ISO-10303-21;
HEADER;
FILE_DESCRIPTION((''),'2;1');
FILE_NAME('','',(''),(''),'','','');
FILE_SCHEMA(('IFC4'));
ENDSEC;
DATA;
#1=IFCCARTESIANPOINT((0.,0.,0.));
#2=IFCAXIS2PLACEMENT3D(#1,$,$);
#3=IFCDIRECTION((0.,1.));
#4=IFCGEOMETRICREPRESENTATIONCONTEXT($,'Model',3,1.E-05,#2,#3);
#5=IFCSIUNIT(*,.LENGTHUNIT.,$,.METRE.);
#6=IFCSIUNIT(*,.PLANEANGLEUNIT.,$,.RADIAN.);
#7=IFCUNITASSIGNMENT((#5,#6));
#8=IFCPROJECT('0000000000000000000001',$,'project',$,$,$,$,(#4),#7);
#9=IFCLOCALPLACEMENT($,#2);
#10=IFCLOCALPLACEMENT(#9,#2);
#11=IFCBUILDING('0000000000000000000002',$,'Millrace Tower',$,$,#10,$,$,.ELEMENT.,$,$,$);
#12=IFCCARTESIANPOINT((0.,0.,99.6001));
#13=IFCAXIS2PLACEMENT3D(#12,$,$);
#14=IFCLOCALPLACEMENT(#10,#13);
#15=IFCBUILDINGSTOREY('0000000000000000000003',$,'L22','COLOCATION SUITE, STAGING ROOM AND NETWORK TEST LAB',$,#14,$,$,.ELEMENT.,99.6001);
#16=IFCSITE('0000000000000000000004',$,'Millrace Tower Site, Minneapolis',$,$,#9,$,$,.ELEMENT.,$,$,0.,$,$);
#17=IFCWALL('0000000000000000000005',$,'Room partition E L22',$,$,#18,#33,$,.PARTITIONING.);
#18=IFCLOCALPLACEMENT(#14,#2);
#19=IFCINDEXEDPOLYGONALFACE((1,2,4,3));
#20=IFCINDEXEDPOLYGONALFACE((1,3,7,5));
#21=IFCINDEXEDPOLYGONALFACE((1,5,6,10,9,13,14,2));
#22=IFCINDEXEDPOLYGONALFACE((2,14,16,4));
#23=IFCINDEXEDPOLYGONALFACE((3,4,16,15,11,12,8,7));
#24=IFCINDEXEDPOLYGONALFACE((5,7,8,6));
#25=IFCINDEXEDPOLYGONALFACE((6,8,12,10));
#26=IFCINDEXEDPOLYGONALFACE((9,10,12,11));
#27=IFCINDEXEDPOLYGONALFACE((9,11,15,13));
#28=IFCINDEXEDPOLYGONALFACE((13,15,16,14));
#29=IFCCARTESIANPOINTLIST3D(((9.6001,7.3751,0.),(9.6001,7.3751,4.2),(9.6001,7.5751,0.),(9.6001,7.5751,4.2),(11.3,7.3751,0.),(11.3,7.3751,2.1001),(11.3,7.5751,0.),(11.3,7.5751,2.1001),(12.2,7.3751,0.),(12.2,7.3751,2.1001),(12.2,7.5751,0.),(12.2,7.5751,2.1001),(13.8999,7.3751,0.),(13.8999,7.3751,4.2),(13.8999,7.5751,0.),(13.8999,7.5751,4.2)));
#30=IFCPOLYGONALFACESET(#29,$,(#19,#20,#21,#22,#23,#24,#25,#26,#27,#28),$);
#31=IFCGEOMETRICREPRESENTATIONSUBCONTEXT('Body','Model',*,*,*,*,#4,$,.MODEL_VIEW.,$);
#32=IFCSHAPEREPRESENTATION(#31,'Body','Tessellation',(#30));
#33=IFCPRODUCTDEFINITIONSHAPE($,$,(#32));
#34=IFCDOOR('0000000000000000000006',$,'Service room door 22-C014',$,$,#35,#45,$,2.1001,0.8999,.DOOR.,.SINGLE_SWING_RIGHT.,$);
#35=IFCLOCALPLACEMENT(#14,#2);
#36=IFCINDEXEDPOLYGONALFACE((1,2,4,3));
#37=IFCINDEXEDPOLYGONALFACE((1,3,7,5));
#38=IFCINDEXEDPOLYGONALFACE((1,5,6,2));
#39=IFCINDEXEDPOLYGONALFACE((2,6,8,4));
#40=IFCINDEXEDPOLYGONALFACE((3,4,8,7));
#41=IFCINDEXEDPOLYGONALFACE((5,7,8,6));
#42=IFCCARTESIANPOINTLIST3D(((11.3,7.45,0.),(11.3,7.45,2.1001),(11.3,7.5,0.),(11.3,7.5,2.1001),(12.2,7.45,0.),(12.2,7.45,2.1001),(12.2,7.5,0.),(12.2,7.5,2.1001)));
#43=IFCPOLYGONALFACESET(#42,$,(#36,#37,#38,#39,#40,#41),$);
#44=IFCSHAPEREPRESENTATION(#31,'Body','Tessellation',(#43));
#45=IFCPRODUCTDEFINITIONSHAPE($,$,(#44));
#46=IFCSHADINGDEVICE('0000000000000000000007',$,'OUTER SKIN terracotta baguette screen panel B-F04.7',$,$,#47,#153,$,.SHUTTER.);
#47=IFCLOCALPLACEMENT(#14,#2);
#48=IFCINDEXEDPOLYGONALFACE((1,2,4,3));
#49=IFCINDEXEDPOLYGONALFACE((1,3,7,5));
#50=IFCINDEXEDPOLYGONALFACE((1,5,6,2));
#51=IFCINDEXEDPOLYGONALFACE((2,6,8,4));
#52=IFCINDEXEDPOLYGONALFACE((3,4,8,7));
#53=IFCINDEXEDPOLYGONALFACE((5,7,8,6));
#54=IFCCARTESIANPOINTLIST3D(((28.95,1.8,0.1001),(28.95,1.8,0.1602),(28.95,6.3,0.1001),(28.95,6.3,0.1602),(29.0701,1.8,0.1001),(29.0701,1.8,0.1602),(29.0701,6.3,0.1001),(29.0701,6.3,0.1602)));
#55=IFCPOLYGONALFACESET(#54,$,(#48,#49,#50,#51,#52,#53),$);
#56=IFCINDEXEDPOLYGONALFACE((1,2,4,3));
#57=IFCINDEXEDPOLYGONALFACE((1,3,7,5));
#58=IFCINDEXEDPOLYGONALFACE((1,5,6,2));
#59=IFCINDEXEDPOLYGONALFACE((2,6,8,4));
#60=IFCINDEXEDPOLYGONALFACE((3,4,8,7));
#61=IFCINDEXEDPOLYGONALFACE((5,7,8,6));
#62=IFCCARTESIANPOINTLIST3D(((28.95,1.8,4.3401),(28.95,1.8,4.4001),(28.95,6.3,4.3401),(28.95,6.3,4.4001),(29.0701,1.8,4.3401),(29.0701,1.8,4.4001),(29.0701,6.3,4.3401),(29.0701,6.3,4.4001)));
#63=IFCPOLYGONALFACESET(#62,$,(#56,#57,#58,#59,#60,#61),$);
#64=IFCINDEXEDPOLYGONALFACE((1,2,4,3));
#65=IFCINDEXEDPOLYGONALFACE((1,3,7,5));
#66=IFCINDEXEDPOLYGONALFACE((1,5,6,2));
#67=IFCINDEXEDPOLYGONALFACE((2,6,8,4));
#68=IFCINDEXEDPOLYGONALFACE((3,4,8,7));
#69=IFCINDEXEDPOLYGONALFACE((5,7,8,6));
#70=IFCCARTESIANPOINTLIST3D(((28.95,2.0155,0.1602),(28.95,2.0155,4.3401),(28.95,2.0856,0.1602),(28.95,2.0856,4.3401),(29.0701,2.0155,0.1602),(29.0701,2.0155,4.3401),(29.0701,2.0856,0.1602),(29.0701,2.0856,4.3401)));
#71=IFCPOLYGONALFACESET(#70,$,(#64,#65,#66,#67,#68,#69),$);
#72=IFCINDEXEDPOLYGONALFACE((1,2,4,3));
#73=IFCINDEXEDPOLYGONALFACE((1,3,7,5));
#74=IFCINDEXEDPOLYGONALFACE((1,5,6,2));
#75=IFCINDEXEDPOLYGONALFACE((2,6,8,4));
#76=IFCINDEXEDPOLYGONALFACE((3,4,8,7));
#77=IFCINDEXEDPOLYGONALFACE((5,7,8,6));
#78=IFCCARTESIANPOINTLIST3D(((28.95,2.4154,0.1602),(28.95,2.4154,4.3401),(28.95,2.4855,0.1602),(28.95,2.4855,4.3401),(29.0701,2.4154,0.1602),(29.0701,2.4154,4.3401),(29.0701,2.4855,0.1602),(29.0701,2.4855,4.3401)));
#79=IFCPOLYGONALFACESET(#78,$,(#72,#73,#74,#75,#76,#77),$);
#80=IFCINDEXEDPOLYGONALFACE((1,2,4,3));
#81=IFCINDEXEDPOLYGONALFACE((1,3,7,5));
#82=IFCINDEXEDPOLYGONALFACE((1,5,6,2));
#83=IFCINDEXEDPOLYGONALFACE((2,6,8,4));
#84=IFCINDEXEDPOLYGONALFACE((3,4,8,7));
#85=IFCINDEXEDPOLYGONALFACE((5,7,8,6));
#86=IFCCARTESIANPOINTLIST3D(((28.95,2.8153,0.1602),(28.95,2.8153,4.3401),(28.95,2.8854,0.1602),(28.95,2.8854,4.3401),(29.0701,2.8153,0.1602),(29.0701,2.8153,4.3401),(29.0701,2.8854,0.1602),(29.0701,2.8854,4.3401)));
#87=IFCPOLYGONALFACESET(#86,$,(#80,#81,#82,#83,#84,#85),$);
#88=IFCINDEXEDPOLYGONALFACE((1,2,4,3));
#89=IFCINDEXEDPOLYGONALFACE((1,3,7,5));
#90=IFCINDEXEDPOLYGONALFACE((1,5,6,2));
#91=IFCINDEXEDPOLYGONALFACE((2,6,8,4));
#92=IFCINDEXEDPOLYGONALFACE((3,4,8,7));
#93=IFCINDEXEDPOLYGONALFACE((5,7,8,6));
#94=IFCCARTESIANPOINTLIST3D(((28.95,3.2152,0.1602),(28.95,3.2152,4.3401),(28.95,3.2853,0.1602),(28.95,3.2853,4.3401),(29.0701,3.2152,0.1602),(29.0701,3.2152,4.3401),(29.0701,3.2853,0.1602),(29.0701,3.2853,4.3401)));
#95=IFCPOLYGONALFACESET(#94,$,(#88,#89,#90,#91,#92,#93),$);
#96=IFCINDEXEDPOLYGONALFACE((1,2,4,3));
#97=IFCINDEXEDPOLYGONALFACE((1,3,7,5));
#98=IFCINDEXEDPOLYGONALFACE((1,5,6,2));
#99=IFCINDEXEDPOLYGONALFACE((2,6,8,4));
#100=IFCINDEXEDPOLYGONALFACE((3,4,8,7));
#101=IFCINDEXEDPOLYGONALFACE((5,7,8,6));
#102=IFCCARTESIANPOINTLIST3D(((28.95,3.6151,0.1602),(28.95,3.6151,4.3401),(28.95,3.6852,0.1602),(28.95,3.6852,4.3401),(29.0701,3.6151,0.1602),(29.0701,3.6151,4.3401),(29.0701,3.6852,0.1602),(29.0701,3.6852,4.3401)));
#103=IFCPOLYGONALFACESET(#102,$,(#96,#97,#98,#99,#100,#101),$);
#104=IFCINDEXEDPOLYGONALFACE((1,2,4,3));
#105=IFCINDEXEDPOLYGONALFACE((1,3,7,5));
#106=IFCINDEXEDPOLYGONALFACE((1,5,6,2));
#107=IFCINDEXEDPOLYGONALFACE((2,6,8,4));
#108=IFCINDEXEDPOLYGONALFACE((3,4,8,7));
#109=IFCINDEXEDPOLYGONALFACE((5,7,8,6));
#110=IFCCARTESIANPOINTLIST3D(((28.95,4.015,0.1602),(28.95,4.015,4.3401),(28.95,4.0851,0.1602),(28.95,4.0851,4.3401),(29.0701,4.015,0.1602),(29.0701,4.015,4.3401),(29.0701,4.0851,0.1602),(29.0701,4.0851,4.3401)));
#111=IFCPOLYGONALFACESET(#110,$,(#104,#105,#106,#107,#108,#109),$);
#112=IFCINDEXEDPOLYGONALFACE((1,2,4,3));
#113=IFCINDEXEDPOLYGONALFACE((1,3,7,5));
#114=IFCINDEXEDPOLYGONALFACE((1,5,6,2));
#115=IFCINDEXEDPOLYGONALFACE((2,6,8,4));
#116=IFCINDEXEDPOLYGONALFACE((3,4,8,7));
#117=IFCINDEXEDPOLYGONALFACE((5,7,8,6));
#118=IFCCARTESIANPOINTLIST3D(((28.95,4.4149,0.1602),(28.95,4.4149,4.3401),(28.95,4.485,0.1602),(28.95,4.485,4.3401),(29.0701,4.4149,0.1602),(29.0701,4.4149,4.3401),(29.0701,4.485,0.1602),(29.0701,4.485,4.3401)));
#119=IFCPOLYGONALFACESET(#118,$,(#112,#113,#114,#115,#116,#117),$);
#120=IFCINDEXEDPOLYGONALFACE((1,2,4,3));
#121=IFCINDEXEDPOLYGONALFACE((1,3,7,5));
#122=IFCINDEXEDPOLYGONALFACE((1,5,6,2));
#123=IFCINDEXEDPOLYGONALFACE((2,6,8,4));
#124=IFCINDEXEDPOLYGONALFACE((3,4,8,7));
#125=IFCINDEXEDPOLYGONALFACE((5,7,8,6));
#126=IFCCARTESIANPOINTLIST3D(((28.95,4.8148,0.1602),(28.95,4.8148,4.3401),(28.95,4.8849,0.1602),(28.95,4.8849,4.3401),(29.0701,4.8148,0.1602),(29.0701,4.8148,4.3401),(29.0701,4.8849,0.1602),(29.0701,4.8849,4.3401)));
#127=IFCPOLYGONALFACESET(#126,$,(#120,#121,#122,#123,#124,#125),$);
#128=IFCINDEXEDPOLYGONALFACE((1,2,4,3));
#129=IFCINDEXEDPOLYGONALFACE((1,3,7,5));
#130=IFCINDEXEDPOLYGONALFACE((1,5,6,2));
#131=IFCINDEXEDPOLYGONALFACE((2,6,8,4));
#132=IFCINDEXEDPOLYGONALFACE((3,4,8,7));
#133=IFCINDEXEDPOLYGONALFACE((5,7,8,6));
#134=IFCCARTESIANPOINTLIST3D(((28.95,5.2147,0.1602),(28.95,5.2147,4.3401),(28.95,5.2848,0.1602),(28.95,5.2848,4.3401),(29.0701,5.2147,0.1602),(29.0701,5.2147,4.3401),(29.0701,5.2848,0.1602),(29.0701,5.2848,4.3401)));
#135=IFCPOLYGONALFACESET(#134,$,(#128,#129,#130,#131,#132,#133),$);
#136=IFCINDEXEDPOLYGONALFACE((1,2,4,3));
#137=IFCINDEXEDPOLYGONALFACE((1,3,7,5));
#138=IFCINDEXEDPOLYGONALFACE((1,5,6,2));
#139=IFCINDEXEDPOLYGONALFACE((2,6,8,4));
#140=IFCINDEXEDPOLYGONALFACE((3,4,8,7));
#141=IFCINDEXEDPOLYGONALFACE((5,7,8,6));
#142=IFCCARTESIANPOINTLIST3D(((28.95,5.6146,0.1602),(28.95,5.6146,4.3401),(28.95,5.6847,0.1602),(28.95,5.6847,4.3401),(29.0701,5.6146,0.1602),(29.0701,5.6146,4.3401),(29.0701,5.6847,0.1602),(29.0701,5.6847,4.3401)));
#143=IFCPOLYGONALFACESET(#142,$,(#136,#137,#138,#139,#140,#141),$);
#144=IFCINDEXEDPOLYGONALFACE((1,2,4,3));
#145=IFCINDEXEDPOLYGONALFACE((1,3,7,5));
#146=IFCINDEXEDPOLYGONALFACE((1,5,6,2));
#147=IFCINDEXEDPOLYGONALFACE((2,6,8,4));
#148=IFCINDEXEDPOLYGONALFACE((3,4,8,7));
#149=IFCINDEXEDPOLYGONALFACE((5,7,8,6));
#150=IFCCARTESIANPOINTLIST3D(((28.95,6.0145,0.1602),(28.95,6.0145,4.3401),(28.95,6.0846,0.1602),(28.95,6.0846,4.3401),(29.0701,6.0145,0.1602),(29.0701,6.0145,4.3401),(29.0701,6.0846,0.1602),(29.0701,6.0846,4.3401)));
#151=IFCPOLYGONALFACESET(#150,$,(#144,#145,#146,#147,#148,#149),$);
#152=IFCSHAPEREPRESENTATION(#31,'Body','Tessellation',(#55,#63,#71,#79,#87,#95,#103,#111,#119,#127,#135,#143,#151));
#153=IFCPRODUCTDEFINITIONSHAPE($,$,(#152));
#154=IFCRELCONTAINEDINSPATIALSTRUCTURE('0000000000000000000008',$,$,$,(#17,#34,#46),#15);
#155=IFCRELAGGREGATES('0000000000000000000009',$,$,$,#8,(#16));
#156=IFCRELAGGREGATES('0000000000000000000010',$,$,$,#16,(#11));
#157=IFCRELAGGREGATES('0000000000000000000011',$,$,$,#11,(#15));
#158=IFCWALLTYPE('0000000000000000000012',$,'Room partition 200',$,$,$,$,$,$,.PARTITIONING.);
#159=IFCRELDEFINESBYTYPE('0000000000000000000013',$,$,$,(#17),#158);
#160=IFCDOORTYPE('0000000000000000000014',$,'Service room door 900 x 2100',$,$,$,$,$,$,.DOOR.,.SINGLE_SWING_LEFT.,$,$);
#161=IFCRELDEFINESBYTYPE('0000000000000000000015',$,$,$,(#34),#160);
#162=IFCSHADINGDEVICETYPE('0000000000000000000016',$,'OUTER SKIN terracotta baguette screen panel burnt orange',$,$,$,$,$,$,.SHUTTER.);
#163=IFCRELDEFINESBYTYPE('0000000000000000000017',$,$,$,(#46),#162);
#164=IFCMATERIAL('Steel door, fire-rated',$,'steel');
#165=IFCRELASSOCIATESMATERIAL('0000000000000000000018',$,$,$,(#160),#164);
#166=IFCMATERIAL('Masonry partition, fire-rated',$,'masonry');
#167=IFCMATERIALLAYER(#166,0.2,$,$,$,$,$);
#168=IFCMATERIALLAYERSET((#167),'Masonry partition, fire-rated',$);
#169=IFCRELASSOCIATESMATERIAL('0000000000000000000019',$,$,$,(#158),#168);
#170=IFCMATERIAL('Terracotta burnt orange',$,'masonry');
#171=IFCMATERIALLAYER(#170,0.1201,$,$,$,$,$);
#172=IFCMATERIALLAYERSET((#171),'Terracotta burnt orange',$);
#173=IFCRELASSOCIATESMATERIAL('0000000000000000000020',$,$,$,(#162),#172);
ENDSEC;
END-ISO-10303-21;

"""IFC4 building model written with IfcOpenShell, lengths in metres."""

from ifc_helpers import new_model, entity, si_unit, direction, frame, frame_2d, origin, origin_2d, place, context, subcontext, project, spatial, rectangle, extrude, source, transform, mapped, material, layer, layer_set, type_object, element, fill, save


model = new_model("IFC4")

# Units and contexts
model_context = context("Model", 3, precision=1e-05, world=origin(), true_north=direction((0.0, 1.0)))
body_context = subcontext(model_context, "Body", "Model", "MODEL_VIEW")
ifc_project = project(units=[si_unit("LENGTHUNIT", "METRE"), si_unit("PLANEANGLEUNIT", "RADIAN")], contexts=[model_context])

# Site, building, storey
site_placement = place(None, origin())
site = spatial("IfcSite", under=ifc_project, at=site_placement, Name="Millrace Tower Site, Minneapolis", CompositionType="ELEMENT", RefElevation=0.0)
building_placement = place(site_placement, origin())
building = spatial("IfcBuilding", under=site, at=building_placement, Name="Millrace Tower", CompositionType="ELEMENT")
storey_placement = place(building_placement, frame((0.0, 0.0, 99.6001)))
storey = spatial("IfcBuildingStorey", under=building, at=storey_placement, Name="L22", Description="COLOCATION SUITE, STAGING ROOM AND NETWORK TEST LAB", CompositionType="ELEMENT", Elevation=99.6001)

# Shared definitions
ifc_material_1 = material(Name="Steel door, fire-rated", Category="steel")
door_type_1 = type_object("IfcDoorType", Name="Service room door 900 x 2100", OperationType="SINGLE_SWING_LEFT", PredefinedType="DOOR", material=ifc_material_1)

# Wall, opening, door
ifc_material_2 = material(Name="Masonry partition, fire-rated", Category="masonry")
ifc_layer_1 = layer(ifc_material_2, 0.2)
ifc_layer_set_1 = layer_set([ifc_layer_1], Name="Masonry partition, fire-rated")
wall_type_1 = type_object("IfcWallType", Name="Room partition 200", PredefinedType="PARTITIONING", material=ifc_layer_set_1)
wall_1_placement = place(storey_placement, frame((13.8999, 7.4751, 0.0), z_axis=(0.0, 0.0, 1.0), x_axis=(-1.0, 0.0, 0.0)))
wall_1 = element("IfcWall", 1, at=wall_1_placement, inside=storey, type_object=wall_type_1, Name="Room partition E L22", PredefinedType="PARTITIONING", context=body_context, shape_type="SweptSolid", body=[
    extrude(rectangle(XDim=4.2998, YDim=0.2, at=frame_2d((2.1499, 0.0))), origin(), (0.0, 0.0, 1.0), 4.2),
])
opening_1_placement = place(wall_1_placement, frame((1.7, 0.0, 0.0)))
opening_1 = element("IfcOpeningElement", 2, at=opening_1_placement, cuts=wall_1, PredefinedType="OPENING", context=body_context, shape_type="SweptSolid", body=[
    extrude(rectangle(XDim=0.8999, YDim=2.1001, at=frame_2d((0.45, 1.05))), frame((0.0, 0.1099, 0.0), z_axis=(0.0, -1.0, 0.0), x_axis=(1.0, 0.0, 0.0)), (0.0, 0.0, 1.0), 0.22),
])
door_1_placement = place(opening_1_placement, frame((0.8999, 0.0, 0.0), z_axis=(0.0, 0.0, 1.0), x_axis=(-1.0, 0.0, 0.0)))
door_1 = element("IfcDoor", 3, at=door_1_placement, inside=storey, type_object=door_type_1, Name="Service room door 22-C014", OperationType="SINGLE_SWING_RIGHT", OverallHeight=2.1001, OverallWidth=0.8999, PredefinedType="DOOR", context=body_context, shape_type="SweptSolid", body=[
    extrude(rectangle(XDim=0.8999, YDim=2.1001, at=frame_2d((0.45, 1.05))), frame((0.0, 0.0249, 0.0), z_axis=(0.0, -1.0, 0.0), x_axis=(1.0, 0.0, 0.0)), (0.0, 0.0, 1.0), 0.05),
])
fill(opening_1, door_1)

# Shading device
ifc_material_3 = material(Name="Terracotta burnt orange", Category="masonry")
ifc_layer_2 = layer(ifc_material_3, 0.1201)
ifc_layer_set_2 = layer_set([ifc_layer_2], Name="Terracotta burnt orange")
shading_device_type = type_object("IfcShadingDeviceType", Name="OUTER SKIN terracotta baguette screen panel burnt orange", PredefinedType="SHUTTER", material=ifc_layer_set_2)
cartesian_point = entity("IfcCartesianPoint", [-2.25, 0.0601])
shared_polyline = entity("IfcPolyline", [cartesian_point, entity("IfcCartesianPoint", [2.25, 0.0601]), entity("IfcCartesianPoint", [2.25, -0.0601]), entity("IfcCartesianPoint", [-2.25, -0.0601]), cartesian_point])
shared_shape = source(origin(), body_context, "Body", "SweptSolid", [
    entity("IfcExtrudedAreaSolid", entity("IfcArbitraryClosedProfileDef", "AREA", None, shared_polyline), entity("IfcAxis2Placement3D", entity("IfcCartesianPoint", [0.0, 0.0, 0.0])), entity("IfcDirection", [0.0, 0.0, 1.0]), 0.0601),
    entity("IfcExtrudedAreaSolid", entity("IfcArbitraryClosedProfileDef", "AREA", None, shared_polyline), entity("IfcAxis2Placement3D", entity("IfcCartesianPoint", [0.0, 0.0, 4.24])), entity("IfcDirection", [0.0, 0.0, 1.0]), 0.0601),
    extrude(rectangle(XDim=0.0701, YDim=0.1201, at=frame_2d((-1.9995, 0.0))), frame((0.0, 0.0, 0.0601)), (0.0, 0.0, 1.0), 4.1799),
    extrude(rectangle(XDim=0.0701, YDim=0.1201, at=frame_2d((-1.5996, 0.0))), frame((0.0, 0.0, 0.0601)), (0.0, 0.0, 1.0), 4.1799),
    extrude(rectangle(XDim=0.0701, YDim=0.1201, at=frame_2d((-1.1997, 0.0))), frame((0.0, 0.0, 0.0601)), (0.0, 0.0, 1.0), 4.1799),
    extrude(rectangle(XDim=0.0701, YDim=0.1201, at=frame_2d((-0.7998, 0.0))), frame((0.0, 0.0, 0.0601)), (0.0, 0.0, 1.0), 4.1799),
    extrude(rectangle(XDim=0.0701, YDim=0.1201, at=frame_2d((-0.3999, 0.0))), frame((0.0, 0.0, 0.0601)), (0.0, 0.0, 1.0), 4.1799),
    extrude(rectangle(XDim=0.0701, YDim=0.1201, at=origin_2d()), frame((0.0, 0.0, 0.0601)), (0.0, 0.0, 1.0), 4.1799),
    extrude(rectangle(XDim=0.0701, YDim=0.1201, at=frame_2d((0.3999, 0.0))), frame((0.0, 0.0, 0.0601)), (0.0, 0.0, 1.0), 4.1799),
    extrude(rectangle(XDim=0.0701, YDim=0.1201, at=frame_2d((0.7998, 0.0))), frame((0.0, 0.0, 0.0601)), (0.0, 0.0, 1.0), 4.1799),
    extrude(rectangle(XDim=0.0701, YDim=0.1201, at=frame_2d((1.1997, 0.0))), frame((0.0, 0.0, 0.0601)), (0.0, 0.0, 1.0), 4.1799),
    extrude(rectangle(XDim=0.0701, YDim=0.1201, at=frame_2d((1.5996, 0.0))), frame((0.0, 0.0, 0.0601)), (0.0, 0.0, 1.0), 4.1799),
    extrude(rectangle(XDim=0.0701, YDim=0.1201, at=frame_2d((1.9995, 0.0))), frame((0.0, 0.0, 0.0601)), (0.0, 0.0, 1.0), 4.1799),
])
for number, where, z_axis, x_axis, name in (
    (4, (29.01, 4.05, 0.1001), (0.0, 0.0, 1.0), (0.0, 1.0, 0.0), "OUTER SKIN terracotta baguette screen panel B-F04.7"),
):
    element("IfcShadingDevice", number, at=place(storey_placement, frame(where, z_axis=z_axis, x_axis=x_axis)), inside=storey, type_object=shading_device_type, Name=name, PredefinedType="SHUTTER", context=body_context, shape_type="MappedRepresentation", body=[
        mapped(shared_shape, transform((0.0, 0.0, 0.0), scale=1.0)),
    ])

save(model, "model.ifc")
